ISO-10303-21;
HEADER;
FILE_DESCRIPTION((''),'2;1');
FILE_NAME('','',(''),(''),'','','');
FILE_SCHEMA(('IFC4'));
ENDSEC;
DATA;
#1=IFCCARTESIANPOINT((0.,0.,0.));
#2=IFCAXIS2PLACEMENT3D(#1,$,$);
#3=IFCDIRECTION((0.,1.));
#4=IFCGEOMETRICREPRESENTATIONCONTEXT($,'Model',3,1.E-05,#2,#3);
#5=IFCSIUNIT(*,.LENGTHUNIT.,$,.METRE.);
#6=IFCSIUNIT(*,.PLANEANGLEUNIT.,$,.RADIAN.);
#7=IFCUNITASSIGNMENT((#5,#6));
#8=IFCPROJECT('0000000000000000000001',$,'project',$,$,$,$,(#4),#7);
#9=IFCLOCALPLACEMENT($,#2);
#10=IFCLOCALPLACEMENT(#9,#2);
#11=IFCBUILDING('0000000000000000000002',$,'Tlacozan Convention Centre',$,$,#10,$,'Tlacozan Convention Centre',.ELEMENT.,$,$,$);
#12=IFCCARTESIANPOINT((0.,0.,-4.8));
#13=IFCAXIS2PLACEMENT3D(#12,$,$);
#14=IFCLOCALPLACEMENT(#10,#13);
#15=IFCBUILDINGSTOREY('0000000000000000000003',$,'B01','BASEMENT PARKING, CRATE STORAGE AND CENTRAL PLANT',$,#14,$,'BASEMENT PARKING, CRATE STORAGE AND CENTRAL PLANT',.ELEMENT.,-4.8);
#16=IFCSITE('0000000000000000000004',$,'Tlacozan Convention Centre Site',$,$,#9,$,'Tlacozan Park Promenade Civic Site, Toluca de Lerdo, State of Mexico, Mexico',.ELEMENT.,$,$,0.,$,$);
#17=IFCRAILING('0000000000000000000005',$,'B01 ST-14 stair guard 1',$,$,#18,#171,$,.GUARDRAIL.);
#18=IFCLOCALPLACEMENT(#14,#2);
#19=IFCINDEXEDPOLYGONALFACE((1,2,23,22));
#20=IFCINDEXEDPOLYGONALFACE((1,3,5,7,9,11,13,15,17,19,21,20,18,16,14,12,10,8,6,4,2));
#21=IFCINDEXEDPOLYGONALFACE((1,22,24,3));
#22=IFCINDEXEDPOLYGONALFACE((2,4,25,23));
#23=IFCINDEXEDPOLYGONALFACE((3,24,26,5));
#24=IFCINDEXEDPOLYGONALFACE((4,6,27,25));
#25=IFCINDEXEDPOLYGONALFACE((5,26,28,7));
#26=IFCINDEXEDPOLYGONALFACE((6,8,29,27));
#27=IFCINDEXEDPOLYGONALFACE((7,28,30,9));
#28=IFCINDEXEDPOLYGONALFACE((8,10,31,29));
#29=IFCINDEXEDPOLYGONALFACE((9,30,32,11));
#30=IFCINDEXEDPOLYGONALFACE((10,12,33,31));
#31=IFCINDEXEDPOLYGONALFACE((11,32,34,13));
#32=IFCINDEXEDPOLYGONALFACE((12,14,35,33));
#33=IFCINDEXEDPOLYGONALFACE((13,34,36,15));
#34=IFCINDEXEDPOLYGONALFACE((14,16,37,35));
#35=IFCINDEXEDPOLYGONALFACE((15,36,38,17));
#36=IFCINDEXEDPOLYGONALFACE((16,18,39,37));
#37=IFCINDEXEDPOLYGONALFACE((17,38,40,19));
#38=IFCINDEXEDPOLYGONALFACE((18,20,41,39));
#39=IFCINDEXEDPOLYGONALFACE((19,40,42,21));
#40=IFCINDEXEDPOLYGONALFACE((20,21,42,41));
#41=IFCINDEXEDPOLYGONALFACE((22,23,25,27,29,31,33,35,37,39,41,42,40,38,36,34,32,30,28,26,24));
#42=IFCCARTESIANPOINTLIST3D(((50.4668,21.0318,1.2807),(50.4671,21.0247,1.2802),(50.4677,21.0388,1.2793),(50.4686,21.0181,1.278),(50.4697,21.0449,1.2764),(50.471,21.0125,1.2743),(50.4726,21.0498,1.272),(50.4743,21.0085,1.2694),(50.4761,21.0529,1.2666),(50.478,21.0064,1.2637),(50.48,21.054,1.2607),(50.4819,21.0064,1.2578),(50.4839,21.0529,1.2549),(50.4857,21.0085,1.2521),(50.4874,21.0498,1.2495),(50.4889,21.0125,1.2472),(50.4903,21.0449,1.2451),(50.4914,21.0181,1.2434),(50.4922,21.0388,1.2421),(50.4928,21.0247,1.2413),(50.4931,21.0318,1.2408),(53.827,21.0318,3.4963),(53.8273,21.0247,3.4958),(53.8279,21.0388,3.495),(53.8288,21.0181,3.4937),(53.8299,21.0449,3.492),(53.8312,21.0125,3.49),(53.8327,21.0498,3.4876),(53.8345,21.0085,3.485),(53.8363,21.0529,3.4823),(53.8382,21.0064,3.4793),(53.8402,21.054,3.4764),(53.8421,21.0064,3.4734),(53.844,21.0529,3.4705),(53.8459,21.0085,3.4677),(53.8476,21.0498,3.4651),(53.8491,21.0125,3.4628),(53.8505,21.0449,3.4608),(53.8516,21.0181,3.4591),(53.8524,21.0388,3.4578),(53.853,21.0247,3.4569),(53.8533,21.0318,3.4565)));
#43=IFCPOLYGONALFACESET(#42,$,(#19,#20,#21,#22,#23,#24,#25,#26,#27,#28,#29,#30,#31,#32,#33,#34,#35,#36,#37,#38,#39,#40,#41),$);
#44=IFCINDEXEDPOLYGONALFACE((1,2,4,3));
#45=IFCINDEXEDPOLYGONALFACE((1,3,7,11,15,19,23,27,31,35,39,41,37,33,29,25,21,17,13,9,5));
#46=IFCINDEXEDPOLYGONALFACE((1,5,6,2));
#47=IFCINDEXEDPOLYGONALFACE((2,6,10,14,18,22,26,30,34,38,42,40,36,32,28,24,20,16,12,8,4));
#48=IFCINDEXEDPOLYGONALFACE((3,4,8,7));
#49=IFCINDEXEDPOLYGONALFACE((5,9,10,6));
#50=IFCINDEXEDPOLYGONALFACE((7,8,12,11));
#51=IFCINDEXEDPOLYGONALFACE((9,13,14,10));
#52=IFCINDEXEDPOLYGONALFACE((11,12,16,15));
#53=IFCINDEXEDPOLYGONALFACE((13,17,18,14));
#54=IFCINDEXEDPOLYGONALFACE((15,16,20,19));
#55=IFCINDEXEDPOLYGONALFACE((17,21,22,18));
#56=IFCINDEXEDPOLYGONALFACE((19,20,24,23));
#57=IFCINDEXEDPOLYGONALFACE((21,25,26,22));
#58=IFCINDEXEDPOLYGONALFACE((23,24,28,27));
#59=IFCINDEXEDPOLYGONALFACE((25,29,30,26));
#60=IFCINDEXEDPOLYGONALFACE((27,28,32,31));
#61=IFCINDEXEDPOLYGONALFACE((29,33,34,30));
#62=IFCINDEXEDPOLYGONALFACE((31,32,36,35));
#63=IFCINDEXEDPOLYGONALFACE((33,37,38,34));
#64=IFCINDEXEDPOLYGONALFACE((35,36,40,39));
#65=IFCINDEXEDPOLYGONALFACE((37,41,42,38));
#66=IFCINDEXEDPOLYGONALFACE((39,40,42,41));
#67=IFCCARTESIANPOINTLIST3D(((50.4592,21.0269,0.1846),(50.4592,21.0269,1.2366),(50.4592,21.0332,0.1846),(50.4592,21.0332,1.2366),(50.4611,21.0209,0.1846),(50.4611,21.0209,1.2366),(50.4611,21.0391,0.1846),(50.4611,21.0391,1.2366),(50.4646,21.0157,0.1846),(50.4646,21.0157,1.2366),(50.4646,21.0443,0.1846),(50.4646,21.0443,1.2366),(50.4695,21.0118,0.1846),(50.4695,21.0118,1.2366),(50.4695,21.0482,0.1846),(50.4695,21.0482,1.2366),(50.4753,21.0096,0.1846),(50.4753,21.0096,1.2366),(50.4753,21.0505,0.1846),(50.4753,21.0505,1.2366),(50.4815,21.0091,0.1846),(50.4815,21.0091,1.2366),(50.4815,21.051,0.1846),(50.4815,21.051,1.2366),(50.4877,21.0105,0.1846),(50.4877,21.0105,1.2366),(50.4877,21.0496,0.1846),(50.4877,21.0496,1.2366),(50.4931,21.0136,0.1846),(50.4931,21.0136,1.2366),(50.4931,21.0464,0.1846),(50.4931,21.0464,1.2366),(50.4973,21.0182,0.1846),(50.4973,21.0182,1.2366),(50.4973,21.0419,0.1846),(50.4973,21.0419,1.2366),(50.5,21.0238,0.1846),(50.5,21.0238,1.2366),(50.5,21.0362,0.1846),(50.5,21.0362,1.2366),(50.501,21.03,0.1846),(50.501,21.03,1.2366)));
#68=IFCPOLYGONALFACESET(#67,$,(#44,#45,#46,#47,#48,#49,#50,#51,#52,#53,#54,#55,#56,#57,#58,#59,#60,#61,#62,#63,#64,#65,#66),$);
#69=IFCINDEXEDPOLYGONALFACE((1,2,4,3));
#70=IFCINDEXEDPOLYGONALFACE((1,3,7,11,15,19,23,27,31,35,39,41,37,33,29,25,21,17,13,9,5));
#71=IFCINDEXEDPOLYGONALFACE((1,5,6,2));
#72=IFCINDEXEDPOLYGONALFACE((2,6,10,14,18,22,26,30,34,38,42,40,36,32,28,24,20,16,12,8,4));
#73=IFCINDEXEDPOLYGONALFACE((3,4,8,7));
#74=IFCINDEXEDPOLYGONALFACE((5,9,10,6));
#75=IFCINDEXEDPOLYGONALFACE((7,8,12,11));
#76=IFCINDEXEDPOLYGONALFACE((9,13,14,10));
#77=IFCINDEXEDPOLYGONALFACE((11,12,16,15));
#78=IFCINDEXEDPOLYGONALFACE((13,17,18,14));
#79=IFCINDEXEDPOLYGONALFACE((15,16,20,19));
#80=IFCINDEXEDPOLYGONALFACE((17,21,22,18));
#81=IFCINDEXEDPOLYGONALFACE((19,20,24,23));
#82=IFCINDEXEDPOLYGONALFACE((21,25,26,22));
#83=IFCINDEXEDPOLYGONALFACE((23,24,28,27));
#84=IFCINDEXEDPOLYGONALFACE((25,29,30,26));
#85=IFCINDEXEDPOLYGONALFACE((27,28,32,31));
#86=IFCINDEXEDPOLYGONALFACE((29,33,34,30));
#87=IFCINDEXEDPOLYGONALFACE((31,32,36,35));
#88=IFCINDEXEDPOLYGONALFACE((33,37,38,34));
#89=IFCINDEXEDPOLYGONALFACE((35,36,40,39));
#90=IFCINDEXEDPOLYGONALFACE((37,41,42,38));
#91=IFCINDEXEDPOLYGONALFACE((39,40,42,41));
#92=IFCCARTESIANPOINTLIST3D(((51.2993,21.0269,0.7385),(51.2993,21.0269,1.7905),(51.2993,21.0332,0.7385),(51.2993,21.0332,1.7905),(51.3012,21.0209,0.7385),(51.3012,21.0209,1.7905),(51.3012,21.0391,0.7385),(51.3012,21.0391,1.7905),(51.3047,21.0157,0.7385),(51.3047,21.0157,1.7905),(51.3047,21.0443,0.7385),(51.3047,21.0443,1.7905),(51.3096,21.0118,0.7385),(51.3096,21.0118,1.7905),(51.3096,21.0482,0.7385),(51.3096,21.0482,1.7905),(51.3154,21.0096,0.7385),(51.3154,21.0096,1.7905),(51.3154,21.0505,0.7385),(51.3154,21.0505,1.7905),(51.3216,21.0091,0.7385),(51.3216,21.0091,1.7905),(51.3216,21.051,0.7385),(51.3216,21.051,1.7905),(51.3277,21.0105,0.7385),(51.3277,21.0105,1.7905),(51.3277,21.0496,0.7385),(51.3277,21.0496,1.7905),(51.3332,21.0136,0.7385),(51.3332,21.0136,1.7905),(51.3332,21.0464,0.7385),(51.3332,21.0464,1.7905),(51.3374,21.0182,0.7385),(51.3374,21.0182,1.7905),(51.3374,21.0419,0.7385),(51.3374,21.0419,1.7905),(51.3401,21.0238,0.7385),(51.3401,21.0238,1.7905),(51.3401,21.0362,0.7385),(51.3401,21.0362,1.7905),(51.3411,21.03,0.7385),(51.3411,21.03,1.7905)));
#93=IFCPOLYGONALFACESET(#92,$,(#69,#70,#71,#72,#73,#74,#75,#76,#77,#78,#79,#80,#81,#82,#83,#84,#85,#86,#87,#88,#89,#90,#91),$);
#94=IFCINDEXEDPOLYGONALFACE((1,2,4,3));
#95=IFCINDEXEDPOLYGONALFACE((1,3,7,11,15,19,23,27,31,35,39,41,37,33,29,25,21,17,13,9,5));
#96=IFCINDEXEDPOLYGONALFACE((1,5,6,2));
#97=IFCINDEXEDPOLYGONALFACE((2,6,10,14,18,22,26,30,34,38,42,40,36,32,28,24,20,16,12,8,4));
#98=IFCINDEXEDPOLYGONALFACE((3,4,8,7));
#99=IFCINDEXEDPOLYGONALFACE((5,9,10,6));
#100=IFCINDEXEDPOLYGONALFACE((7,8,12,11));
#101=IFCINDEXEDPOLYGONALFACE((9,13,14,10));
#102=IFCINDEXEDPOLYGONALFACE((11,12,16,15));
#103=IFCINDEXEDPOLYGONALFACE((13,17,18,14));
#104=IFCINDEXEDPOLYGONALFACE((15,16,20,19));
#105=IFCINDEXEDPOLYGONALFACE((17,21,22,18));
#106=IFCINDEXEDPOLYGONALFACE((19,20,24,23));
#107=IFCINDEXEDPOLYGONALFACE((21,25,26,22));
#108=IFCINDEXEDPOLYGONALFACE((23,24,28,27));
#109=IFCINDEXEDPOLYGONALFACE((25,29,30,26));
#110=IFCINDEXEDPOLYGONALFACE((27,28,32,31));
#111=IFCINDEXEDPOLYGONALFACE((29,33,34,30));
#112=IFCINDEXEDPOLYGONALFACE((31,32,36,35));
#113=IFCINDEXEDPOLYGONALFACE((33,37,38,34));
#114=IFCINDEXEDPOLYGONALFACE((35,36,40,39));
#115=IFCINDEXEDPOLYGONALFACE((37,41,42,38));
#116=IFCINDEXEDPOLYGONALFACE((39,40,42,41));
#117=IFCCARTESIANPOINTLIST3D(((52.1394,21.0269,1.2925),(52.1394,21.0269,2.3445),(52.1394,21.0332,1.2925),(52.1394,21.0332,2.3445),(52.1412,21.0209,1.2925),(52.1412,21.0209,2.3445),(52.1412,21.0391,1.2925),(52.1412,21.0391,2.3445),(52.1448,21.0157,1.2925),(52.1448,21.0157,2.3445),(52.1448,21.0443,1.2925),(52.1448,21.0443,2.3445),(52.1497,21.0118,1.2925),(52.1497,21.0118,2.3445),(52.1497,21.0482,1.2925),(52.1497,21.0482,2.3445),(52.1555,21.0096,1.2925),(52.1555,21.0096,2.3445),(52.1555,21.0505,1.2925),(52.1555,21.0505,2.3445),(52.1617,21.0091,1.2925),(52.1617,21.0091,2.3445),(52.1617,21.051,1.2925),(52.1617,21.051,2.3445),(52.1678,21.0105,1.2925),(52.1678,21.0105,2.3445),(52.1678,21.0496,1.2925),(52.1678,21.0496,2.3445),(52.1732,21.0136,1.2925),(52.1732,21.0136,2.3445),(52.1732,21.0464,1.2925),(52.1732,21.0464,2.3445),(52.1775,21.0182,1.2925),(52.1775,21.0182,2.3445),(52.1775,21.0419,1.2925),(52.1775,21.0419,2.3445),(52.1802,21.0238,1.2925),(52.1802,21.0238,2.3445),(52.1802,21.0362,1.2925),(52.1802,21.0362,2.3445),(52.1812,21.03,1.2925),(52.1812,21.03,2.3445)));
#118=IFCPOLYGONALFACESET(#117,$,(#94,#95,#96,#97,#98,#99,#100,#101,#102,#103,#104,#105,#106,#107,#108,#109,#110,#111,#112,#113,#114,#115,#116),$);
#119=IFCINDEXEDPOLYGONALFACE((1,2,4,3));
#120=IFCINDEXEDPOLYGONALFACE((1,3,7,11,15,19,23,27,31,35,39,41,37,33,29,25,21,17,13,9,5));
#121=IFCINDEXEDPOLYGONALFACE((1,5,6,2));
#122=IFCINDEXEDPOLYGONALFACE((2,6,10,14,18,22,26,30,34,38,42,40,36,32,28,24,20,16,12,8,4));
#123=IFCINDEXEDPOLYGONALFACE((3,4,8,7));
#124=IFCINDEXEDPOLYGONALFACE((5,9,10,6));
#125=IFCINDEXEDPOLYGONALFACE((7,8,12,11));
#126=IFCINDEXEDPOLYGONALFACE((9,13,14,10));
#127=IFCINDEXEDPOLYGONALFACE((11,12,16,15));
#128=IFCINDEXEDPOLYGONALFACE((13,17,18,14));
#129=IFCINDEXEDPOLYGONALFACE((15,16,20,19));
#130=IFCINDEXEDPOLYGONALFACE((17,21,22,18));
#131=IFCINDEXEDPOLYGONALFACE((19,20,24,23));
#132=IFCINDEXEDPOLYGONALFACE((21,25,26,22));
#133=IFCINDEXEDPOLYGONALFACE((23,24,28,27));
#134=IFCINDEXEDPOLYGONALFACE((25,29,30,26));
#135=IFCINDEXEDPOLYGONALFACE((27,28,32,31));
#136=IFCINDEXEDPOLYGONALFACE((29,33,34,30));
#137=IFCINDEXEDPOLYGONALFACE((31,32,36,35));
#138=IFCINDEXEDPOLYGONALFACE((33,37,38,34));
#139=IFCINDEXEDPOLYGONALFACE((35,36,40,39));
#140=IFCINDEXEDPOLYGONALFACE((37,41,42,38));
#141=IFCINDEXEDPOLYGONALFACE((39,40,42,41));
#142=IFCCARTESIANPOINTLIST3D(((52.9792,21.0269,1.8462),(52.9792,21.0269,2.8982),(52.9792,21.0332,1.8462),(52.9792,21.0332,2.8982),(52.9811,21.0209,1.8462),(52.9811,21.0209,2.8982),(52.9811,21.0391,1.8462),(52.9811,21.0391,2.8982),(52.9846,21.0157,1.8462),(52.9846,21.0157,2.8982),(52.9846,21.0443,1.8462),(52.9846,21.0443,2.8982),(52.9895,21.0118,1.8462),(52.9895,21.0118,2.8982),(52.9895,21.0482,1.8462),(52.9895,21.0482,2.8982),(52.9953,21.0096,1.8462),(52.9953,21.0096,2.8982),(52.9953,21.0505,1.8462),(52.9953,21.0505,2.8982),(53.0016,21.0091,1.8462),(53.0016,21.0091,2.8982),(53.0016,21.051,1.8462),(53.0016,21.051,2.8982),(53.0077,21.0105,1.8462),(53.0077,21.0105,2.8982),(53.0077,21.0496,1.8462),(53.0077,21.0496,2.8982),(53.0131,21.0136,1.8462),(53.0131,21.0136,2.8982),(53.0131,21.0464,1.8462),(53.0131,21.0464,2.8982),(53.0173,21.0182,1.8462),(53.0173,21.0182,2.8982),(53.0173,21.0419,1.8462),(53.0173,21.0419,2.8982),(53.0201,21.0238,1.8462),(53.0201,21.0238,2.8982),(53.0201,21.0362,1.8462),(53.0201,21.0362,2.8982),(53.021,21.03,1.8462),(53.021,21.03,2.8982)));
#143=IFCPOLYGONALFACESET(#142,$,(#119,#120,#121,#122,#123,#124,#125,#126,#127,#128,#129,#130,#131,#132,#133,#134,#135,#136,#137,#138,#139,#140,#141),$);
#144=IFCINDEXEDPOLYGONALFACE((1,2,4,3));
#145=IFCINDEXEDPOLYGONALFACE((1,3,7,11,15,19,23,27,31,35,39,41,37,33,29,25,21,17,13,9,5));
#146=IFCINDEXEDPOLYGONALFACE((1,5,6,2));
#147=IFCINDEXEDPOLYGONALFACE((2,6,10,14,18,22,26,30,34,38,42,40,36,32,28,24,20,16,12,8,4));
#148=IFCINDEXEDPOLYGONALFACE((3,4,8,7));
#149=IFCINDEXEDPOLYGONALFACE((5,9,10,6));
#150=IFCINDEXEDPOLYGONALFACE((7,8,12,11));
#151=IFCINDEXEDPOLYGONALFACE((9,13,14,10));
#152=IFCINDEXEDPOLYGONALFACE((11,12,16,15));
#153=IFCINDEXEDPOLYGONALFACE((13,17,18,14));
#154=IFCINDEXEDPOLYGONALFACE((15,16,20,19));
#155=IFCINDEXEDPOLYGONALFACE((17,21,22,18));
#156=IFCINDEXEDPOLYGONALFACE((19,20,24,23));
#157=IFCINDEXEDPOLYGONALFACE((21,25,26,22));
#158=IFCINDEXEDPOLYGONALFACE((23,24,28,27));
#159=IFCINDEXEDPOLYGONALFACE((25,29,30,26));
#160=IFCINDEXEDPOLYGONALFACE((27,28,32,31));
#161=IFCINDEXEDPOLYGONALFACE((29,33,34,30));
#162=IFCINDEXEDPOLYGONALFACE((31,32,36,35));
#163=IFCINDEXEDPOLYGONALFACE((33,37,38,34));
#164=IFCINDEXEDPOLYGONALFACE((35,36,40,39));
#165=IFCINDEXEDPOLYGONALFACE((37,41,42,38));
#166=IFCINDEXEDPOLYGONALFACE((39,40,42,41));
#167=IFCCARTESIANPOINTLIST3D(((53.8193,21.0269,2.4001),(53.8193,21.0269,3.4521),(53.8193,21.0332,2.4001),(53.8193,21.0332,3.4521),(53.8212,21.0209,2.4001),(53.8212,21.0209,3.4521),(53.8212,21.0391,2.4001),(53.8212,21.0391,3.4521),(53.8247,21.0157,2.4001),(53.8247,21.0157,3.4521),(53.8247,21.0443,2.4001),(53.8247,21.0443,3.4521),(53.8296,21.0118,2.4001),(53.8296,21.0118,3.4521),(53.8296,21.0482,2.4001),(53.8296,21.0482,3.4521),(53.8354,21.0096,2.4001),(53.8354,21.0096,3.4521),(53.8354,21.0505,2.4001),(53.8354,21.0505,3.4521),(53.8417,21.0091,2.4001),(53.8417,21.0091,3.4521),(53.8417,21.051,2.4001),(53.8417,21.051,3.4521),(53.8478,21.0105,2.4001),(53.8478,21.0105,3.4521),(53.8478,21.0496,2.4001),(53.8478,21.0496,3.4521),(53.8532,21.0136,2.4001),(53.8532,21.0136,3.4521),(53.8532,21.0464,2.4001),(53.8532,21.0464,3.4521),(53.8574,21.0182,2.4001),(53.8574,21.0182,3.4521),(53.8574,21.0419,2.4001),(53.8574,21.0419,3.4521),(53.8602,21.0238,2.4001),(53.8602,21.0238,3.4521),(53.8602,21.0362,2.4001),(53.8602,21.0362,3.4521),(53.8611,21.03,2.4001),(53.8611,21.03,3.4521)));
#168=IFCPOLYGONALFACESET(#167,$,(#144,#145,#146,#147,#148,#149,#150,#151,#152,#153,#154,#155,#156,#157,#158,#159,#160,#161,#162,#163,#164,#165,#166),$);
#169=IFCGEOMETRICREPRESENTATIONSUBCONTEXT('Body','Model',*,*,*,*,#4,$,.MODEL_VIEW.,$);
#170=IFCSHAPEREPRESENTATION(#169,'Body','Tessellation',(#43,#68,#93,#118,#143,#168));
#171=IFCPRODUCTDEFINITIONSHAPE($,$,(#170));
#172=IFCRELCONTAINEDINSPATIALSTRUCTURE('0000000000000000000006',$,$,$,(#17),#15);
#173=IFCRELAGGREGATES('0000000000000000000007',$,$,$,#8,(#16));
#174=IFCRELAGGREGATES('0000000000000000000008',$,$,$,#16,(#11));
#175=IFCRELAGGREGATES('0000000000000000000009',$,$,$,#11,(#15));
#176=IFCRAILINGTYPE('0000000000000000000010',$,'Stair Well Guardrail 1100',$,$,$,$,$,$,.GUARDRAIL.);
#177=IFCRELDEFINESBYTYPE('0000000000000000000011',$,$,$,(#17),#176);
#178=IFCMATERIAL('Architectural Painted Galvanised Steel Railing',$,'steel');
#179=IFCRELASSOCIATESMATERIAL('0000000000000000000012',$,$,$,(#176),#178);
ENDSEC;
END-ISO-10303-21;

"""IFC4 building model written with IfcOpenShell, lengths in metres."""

from ifc_helpers import new_model, si_unit, direction, frame, origin, origin_2d, place, context, subcontext, project, spatial, circle, extrude, material, type_object, element, save


model = new_model("IFC4")

# Units and contexts
model_context = context("Model", 3, precision=1e-05, world=origin(), true_north=direction((0.0, 1.0)))
body_context = subcontext(model_context, "Body", "Model", "MODEL_VIEW")
ifc_project = project(units=[si_unit("LENGTHUNIT", "METRE"), si_unit("PLANEANGLEUNIT", "RADIAN")], contexts=[model_context])

# Site, building, storey
site_placement = place(None, origin())
site = spatial("IfcSite", under=ifc_project, at=site_placement, Name="Tlacozan Convention Centre Site", LongName="Tlacozan Park Promenade Civic Site, Toluca de Lerdo, State of Mexico, Mexico", CompositionType="ELEMENT", RefElevation=0.0)
building_placement = place(site_placement, origin())
building = spatial("IfcBuilding", under=site, at=building_placement, Name="Tlacozan Convention Centre", LongName="Tlacozan Convention Centre", CompositionType="ELEMENT")
storey_placement = place(building_placement, frame((0.0, 0.0, -4.8)))
storey = spatial("IfcBuildingStorey", under=building, at=storey_placement, Name="B01", Description="BASEMENT PARKING, CRATE STORAGE AND CENTRAL PLANT", LongName="BASEMENT PARKING, CRATE STORAGE AND CENTRAL PLANT", CompositionType="ELEMENT", Elevation=-4.8)

# Railing
ifc_material_1 = material(Name="Architectural Painted Galvanised Steel Railing", Category="steel")
railing_type_1 = type_object("IfcRailingType", Name="Stair Well Guardrail 1100", PredefinedType="GUARDRAIL", material=ifc_material_1)
railing_1_placement = place(storey_placement, frame((50.48, 21.03, 0.1846)))
element("IfcRailing", 1, at=railing_1_placement, inside=storey, type_object=railing_type_1, Name="B01 ST-14 stair guard 1", PredefinedType="GUARDRAIL", context=body_context, shape_type="SweptSolid", body=[
    extrude(circle(Radius=0.0239, at=origin_2d()), frame((0.0, 0.0, 1.0762), z_axis=(0.834849, 0.0, 0.55048), x_axis=(0.0, 1.0, 0.0)), (0.0, 0.0, 1.0), 4.0249),
    extrude(circle(Radius=0.021, at=origin_2d()), origin(), (0.0, 0.0, 1.0), 1.052),
    extrude(circle(Radius=0.021, at=origin_2d()), frame((0.8401, 0.0, 0.554)), (0.0, 0.0, 1.0), 1.052),
    extrude(circle(Radius=0.021, at=origin_2d()), frame((1.6802, 0.0, 1.1079)), (0.0, 0.0, 1.0), 1.052),
    extrude(circle(Radius=0.021, at=origin_2d()), frame((2.52, 0.0, 1.6616)), (0.0, 0.0, 1.0), 1.052),
    extrude(circle(Radius=0.021, at=origin_2d()), frame((3.3601, 0.0, 2.2156)), (0.0, 0.0, 1.0), 1.052),
])

save(model, "model.ifc")
